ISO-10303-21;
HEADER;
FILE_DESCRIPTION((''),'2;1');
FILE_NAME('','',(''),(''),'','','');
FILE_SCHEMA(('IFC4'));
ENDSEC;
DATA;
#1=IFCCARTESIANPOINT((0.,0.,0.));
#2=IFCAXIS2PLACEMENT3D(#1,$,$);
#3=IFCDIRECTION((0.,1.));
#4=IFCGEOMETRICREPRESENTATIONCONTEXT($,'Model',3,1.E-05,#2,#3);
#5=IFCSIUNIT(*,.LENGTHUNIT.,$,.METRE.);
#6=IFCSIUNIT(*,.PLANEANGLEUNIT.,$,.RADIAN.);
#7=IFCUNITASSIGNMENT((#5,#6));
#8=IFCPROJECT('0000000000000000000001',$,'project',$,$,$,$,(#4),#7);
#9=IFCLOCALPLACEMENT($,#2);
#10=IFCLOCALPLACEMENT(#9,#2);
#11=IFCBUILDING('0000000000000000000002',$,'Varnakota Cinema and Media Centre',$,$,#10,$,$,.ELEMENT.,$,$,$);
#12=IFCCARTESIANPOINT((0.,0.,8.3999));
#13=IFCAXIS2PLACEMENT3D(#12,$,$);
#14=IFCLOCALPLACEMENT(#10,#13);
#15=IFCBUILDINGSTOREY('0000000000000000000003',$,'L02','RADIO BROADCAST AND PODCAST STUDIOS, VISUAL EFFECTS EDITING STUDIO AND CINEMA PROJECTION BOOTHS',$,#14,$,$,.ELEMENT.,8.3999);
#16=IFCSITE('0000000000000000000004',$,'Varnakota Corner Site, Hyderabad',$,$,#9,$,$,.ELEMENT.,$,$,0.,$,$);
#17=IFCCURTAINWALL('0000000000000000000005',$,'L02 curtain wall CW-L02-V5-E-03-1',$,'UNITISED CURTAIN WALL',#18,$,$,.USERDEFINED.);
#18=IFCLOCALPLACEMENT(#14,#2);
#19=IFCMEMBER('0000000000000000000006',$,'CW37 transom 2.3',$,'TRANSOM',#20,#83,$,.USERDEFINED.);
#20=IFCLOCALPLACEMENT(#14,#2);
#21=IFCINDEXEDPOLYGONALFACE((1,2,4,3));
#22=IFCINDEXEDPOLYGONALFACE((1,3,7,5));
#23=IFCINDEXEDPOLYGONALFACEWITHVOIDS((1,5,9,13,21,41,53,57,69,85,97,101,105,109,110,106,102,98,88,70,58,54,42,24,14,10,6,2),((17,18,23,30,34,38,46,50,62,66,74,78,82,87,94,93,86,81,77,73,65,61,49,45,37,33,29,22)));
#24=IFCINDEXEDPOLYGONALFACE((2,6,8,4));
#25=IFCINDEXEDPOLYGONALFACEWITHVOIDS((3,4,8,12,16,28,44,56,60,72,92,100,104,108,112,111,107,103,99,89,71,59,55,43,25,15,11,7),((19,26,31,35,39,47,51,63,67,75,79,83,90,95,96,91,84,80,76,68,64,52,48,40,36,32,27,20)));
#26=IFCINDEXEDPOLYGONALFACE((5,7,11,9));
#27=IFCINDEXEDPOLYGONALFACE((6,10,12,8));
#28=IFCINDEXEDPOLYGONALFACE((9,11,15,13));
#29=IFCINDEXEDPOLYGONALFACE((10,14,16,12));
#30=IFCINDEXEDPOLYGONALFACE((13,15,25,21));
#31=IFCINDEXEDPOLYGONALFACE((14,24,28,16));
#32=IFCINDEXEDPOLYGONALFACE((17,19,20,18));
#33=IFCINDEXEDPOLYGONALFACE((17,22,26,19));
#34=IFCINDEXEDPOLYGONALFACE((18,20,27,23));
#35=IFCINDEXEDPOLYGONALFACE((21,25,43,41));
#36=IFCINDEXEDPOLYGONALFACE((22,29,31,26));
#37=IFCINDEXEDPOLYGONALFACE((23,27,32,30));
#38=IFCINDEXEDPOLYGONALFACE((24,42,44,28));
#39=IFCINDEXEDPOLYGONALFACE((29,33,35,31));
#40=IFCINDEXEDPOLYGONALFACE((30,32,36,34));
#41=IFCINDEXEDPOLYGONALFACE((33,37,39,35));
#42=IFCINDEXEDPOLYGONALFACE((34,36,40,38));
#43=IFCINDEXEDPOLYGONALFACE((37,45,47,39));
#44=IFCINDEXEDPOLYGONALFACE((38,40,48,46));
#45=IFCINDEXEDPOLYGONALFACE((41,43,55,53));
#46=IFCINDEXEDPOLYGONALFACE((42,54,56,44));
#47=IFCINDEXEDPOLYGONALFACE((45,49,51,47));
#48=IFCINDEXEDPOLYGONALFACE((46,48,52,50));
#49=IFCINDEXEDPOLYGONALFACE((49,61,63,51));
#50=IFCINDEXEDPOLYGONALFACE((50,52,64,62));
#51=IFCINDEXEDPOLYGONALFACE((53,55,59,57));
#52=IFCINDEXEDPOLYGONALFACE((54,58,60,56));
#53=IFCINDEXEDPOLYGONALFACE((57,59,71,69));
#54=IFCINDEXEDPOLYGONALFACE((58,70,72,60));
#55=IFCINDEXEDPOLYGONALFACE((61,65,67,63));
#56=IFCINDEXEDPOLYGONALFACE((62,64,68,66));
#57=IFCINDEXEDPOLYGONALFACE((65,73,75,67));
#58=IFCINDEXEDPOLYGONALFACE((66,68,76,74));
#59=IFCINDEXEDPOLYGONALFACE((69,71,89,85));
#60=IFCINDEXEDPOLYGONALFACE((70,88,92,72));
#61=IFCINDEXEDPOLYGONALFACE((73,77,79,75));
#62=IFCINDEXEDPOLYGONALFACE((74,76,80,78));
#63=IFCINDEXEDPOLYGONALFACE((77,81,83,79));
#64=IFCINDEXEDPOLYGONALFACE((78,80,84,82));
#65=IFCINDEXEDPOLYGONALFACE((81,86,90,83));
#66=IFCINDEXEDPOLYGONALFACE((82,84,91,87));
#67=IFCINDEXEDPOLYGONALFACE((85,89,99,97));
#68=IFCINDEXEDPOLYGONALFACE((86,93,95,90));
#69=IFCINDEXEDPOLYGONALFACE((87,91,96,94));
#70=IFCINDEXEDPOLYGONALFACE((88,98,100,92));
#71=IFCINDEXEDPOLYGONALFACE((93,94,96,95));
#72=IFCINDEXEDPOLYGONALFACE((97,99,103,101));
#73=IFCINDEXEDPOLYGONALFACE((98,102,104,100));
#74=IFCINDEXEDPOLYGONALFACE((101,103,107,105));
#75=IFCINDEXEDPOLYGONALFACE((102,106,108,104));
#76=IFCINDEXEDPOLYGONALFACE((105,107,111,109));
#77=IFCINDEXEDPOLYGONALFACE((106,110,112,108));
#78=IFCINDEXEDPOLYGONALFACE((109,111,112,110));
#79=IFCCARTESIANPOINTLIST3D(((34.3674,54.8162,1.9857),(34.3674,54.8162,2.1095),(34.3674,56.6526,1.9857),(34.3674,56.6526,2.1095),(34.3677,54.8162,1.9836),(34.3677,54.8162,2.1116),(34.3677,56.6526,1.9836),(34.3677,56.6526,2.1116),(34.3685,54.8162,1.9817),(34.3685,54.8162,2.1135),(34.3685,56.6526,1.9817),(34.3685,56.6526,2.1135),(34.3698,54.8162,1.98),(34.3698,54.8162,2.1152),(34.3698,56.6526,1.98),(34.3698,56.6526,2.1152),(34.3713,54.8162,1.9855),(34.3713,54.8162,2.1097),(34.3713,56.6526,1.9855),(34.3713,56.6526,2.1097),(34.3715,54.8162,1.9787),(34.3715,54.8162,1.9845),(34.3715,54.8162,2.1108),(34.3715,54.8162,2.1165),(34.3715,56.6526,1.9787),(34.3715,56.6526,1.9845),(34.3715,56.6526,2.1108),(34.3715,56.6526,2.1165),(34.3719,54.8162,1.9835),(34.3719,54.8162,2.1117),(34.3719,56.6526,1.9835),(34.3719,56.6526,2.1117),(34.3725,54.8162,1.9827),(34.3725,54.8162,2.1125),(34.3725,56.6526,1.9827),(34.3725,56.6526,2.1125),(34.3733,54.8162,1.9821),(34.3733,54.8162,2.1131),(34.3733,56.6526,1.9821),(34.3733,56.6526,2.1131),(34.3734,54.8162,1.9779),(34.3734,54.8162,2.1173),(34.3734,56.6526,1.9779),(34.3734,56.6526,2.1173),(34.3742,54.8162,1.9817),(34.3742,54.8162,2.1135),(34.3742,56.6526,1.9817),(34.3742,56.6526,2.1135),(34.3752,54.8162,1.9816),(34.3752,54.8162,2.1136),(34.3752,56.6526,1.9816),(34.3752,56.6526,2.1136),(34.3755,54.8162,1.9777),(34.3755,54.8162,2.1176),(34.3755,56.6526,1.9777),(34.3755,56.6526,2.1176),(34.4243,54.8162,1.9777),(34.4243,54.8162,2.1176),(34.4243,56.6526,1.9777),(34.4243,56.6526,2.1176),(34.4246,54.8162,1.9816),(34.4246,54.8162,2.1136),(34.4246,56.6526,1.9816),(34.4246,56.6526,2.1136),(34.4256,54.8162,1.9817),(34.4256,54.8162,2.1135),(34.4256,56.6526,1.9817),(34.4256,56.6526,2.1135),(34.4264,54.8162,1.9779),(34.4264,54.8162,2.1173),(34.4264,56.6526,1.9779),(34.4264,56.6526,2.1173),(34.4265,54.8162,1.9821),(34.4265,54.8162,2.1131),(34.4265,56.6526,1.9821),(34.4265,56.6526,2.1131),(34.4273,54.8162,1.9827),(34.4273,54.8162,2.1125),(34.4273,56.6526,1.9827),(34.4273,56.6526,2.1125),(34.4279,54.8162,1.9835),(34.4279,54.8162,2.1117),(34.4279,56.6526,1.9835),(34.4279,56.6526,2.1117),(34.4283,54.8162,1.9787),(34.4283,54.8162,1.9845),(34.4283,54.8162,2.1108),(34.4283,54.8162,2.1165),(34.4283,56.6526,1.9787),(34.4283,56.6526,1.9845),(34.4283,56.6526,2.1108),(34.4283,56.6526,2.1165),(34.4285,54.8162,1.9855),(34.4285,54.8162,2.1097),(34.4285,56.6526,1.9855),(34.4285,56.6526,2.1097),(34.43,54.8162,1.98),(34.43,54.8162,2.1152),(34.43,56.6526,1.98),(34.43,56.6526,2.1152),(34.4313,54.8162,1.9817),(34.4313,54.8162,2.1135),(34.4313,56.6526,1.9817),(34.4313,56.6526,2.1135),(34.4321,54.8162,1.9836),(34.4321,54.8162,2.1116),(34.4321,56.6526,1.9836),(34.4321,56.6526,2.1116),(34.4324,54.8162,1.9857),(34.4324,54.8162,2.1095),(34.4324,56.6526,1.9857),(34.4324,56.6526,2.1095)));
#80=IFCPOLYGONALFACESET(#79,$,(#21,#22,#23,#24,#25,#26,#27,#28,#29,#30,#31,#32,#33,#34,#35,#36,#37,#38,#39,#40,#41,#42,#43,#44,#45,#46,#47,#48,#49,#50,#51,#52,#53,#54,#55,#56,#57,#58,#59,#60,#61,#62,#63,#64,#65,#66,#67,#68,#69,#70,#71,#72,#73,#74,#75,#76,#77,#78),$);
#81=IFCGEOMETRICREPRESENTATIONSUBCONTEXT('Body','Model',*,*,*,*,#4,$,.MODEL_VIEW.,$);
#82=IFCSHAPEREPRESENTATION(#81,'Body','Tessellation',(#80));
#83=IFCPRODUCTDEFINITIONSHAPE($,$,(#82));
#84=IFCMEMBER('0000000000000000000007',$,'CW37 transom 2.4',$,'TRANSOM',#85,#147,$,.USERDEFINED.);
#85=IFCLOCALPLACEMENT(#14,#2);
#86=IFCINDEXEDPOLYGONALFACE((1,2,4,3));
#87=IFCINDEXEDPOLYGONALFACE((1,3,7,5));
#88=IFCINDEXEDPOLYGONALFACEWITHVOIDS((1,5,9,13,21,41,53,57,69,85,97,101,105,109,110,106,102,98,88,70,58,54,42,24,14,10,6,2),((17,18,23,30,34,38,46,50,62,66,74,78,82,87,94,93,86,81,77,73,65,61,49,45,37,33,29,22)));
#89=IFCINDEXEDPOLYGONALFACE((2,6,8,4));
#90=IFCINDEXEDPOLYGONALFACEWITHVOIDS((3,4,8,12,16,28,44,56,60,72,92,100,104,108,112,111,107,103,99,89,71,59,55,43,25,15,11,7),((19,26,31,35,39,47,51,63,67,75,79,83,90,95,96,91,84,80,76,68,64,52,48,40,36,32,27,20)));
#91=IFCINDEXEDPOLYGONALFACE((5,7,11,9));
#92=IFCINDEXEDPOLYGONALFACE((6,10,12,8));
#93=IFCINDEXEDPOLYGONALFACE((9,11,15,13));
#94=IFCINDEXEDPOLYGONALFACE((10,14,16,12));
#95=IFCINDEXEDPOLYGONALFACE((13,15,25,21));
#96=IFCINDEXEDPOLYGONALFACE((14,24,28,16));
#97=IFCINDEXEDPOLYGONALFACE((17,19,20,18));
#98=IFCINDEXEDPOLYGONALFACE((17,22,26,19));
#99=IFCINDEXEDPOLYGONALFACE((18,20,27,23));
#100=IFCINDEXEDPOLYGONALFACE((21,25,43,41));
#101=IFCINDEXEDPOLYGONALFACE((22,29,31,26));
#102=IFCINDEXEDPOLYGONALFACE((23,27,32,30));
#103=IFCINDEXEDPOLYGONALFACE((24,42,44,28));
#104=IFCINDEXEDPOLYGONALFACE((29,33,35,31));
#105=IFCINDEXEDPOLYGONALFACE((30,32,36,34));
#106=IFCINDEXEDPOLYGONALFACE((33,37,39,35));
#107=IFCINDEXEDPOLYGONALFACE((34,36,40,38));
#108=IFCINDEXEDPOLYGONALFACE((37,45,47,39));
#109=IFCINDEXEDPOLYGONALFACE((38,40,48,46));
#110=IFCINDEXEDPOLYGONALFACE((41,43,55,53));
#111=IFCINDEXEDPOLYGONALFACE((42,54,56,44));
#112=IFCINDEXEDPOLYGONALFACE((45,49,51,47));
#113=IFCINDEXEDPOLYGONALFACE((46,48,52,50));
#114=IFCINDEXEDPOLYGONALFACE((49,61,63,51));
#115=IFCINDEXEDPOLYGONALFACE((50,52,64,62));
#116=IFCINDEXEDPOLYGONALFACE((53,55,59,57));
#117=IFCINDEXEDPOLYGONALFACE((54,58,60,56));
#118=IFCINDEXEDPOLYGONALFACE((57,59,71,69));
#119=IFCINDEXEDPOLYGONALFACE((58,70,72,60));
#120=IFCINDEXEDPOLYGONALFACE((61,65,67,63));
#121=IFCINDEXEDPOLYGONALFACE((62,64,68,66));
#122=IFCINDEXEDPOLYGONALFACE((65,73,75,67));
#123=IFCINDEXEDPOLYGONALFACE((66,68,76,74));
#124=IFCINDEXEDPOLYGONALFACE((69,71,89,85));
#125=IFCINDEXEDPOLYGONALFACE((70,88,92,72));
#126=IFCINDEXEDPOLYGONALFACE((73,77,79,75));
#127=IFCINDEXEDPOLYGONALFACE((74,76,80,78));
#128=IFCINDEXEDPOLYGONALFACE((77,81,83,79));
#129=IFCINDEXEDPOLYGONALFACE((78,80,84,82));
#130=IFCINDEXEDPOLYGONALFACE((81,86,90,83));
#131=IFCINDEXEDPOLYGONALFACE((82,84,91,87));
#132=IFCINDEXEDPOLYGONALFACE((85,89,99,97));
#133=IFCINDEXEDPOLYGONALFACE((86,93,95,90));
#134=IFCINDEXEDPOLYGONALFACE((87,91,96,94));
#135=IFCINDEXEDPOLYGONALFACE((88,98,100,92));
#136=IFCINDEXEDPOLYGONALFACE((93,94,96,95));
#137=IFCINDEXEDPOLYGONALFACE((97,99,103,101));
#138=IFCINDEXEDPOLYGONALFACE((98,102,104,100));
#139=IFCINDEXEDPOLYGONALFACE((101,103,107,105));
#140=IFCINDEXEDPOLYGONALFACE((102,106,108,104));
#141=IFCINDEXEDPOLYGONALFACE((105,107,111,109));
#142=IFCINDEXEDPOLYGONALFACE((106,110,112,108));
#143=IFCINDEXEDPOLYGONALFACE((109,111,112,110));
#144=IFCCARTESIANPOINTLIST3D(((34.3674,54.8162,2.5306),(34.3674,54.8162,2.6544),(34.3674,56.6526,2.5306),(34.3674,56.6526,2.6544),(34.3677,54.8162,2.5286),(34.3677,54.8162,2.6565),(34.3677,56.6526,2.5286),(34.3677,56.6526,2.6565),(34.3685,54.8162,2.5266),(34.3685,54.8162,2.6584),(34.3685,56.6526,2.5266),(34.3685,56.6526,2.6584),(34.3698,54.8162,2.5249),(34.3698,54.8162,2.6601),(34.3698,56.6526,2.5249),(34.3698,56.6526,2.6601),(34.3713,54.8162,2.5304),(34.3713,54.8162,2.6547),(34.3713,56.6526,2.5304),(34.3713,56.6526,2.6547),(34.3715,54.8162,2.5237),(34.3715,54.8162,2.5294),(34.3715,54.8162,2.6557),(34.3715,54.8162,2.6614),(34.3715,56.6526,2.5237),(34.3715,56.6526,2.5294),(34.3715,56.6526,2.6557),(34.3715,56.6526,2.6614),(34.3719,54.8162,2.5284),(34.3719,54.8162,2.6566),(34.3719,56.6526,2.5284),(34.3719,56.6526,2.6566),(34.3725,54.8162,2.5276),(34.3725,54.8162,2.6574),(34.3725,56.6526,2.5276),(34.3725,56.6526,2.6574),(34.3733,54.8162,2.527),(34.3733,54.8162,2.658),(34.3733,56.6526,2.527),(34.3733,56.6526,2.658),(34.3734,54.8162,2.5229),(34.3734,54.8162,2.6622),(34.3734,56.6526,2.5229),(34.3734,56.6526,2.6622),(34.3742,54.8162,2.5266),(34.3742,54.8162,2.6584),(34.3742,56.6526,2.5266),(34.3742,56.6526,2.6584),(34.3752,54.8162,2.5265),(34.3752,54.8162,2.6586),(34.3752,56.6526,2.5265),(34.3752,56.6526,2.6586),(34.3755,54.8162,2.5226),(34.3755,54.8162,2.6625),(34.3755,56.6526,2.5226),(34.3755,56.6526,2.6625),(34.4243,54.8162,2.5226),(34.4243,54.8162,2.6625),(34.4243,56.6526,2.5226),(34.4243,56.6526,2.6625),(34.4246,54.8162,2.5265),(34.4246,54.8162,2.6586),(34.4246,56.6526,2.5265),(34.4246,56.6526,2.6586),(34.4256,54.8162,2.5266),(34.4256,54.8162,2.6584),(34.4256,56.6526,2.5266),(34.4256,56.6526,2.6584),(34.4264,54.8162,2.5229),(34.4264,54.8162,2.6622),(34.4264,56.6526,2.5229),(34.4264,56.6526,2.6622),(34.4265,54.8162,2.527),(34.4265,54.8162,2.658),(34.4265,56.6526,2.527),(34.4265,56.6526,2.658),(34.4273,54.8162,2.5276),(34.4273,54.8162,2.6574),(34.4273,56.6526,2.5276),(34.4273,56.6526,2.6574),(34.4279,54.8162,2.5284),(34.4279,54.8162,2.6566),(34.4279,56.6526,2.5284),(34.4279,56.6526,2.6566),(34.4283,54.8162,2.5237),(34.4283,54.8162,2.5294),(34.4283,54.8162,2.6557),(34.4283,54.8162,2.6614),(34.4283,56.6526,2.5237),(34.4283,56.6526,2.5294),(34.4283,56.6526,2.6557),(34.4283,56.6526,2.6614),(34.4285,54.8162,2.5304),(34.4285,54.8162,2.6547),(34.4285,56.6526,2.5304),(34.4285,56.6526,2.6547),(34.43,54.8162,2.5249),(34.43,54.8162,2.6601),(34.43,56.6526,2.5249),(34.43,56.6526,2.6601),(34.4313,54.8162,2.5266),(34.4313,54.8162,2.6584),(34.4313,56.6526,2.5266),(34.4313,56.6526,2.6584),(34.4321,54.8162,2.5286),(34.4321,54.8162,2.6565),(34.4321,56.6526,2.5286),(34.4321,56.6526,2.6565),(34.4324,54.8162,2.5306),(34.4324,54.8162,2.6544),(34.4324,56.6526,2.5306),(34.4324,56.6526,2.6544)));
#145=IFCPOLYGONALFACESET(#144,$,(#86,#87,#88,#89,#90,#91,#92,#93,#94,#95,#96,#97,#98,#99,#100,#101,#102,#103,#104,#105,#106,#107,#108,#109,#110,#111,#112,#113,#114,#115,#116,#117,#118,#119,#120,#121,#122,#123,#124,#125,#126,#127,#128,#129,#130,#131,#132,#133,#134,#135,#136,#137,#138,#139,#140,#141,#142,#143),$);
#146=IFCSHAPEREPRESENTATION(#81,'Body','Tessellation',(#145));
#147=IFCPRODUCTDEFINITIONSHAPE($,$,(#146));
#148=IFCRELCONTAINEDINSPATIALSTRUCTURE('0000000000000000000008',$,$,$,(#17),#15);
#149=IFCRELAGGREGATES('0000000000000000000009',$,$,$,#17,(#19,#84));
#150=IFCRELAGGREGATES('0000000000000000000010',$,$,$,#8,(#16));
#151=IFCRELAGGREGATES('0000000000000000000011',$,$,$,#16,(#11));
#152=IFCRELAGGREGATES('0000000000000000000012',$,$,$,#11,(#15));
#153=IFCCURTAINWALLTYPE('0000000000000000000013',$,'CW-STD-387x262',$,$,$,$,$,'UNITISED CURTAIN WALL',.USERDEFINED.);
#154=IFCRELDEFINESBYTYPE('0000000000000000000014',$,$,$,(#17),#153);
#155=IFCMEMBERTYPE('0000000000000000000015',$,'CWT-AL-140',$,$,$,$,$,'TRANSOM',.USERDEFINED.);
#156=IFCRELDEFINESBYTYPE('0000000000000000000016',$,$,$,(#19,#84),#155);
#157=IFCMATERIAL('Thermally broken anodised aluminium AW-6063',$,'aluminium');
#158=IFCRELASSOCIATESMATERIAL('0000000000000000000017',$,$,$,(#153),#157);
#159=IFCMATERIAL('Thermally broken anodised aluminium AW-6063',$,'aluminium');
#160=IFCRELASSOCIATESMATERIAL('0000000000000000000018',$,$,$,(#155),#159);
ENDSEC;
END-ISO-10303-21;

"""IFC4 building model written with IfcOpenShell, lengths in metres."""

from ifc_helpers import new_model, si_unit, direction, frame, origin, origin_2d, place, context, subcontext, project, spatial, hollow_rectangle, extrude, material, material_profile, profile_set, type_object, element, aggregate, save


model = new_model("IFC4")

# Units and contexts
model_context = context("Model", 3, precision=1e-05, world=origin(), true_north=direction((0.0, 1.0)))
body_context = subcontext(model_context, "Body", "Model", "MODEL_VIEW")
ifc_project = project(units=[si_unit("LENGTHUNIT", "METRE"), si_unit("PLANEANGLEUNIT", "RADIAN")], contexts=[model_context])

# Site, building, storey
site_placement = place(None, origin())
site = spatial("IfcSite", under=ifc_project, at=site_placement, Name="Varnakota Corner Site, Hyderabad", CompositionType="ELEMENT", RefElevation=0.0)
building_placement = place(site_placement, origin())
building = spatial("IfcBuilding", under=site, at=building_placement, Name="Varnakota Cinema and Media Centre", CompositionType="ELEMENT")
storey_placement = place(building_placement, frame((0.0, 0.0, 8.3999)))
storey = spatial("IfcBuildingStorey", under=building, at=storey_placement, Name="L02", Description="RADIO BROADCAST AND PODCAST STUDIOS, VISUAL EFFECTS EDITING STUDIO AND CINEMA PROJECTION BOOTHS", CompositionType="ELEMENT", Elevation=8.3999)

# Curtain wall
ifc_material_1 = material(Name="Thermally broken anodised aluminium AW-6063", Category="aluminium")
curtain_wall_type = type_object("IfcCurtainWallType", Name="CW-STD-387x262", ElementType="UNITISED CURTAIN WALL", PredefinedType="USERDEFINED", material=ifc_material_1)
curtain_wall_1_placement = place(storey_placement, origin())
curtain_wall_1 = element("IfcCurtainWall", 1, at=curtain_wall_1_placement, inside=storey, type_object=curtain_wall_type, Name="L02 curtain wall CW-L02-V5-E-03-1", ObjectType="UNITISED CURTAIN WALL", PredefinedType="USERDEFINED")

# Members
ifc_material_2 = material(Name="Thermally broken anodised aluminium AW-6063", Category="aluminium")
ifc_material_profile_1 = material_profile(ifc_material_2, hollow_rectangle(XDim=0.0649, YDim=0.1399, WallThickness=0.0039, InnerFilletRadius=0.0039, OuterFilletRadius=0.0081, at=origin_2d()), Name="AL-TRANSOM 140x65x4")
ifc_profile_set_1 = profile_set([ifc_material_profile_1], Name="Thermally broken anodised aluminium AW-6063")
member_type_1 = type_object("IfcMemberType", Name="CWT-AL-140", ElementType="TRANSOM", PredefinedType="USERDEFINED", material=ifc_profile_set_1)
member_1_placement = place(storey_placement, frame((34.3999, 54.8162, 2.0476), z_axis=(0.0, 1.0, 0.0), x_axis=(-1.0, 0.0, 0.0)))
member_1 = element("IfcMember", 2, at=member_1_placement, type_object=member_type_1, Name="CW37 transom 2.3", ObjectType="TRANSOM", PredefinedType="USERDEFINED", context=body_context, shape_type="SweptSolid", body=[
    extrude(hollow_rectangle(XDim=0.0649, YDim=0.1399, WallThickness=0.0039, InnerFilletRadius=0.0039, OuterFilletRadius=0.0081, at=origin_2d()), origin(), (0.0, 0.0, 1.0), 1.8364),
])
member_2_placement = place(storey_placement, frame((34.3999, 54.8162, 2.5925), z_axis=(0.0, 1.0, 0.0), x_axis=(-1.0, 0.0, 0.0)))
member_2 = element("IfcMember", 3, at=member_2_placement, type_object=member_type_1, Name="CW37 transom 2.4", ObjectType="TRANSOM", PredefinedType="USERDEFINED", context=body_context, shape_type="SweptSolid", body=[
    extrude(hollow_rectangle(XDim=0.0649, YDim=0.1399, WallThickness=0.0039, InnerFilletRadius=0.0039, OuterFilletRadius=0.0081, at=origin_2d()), origin(), (0.0, 0.0, 1.0), 1.8364),
])

aggregate(curtain_wall_1, [member_1, member_2])

save(model, "model.ifc")
